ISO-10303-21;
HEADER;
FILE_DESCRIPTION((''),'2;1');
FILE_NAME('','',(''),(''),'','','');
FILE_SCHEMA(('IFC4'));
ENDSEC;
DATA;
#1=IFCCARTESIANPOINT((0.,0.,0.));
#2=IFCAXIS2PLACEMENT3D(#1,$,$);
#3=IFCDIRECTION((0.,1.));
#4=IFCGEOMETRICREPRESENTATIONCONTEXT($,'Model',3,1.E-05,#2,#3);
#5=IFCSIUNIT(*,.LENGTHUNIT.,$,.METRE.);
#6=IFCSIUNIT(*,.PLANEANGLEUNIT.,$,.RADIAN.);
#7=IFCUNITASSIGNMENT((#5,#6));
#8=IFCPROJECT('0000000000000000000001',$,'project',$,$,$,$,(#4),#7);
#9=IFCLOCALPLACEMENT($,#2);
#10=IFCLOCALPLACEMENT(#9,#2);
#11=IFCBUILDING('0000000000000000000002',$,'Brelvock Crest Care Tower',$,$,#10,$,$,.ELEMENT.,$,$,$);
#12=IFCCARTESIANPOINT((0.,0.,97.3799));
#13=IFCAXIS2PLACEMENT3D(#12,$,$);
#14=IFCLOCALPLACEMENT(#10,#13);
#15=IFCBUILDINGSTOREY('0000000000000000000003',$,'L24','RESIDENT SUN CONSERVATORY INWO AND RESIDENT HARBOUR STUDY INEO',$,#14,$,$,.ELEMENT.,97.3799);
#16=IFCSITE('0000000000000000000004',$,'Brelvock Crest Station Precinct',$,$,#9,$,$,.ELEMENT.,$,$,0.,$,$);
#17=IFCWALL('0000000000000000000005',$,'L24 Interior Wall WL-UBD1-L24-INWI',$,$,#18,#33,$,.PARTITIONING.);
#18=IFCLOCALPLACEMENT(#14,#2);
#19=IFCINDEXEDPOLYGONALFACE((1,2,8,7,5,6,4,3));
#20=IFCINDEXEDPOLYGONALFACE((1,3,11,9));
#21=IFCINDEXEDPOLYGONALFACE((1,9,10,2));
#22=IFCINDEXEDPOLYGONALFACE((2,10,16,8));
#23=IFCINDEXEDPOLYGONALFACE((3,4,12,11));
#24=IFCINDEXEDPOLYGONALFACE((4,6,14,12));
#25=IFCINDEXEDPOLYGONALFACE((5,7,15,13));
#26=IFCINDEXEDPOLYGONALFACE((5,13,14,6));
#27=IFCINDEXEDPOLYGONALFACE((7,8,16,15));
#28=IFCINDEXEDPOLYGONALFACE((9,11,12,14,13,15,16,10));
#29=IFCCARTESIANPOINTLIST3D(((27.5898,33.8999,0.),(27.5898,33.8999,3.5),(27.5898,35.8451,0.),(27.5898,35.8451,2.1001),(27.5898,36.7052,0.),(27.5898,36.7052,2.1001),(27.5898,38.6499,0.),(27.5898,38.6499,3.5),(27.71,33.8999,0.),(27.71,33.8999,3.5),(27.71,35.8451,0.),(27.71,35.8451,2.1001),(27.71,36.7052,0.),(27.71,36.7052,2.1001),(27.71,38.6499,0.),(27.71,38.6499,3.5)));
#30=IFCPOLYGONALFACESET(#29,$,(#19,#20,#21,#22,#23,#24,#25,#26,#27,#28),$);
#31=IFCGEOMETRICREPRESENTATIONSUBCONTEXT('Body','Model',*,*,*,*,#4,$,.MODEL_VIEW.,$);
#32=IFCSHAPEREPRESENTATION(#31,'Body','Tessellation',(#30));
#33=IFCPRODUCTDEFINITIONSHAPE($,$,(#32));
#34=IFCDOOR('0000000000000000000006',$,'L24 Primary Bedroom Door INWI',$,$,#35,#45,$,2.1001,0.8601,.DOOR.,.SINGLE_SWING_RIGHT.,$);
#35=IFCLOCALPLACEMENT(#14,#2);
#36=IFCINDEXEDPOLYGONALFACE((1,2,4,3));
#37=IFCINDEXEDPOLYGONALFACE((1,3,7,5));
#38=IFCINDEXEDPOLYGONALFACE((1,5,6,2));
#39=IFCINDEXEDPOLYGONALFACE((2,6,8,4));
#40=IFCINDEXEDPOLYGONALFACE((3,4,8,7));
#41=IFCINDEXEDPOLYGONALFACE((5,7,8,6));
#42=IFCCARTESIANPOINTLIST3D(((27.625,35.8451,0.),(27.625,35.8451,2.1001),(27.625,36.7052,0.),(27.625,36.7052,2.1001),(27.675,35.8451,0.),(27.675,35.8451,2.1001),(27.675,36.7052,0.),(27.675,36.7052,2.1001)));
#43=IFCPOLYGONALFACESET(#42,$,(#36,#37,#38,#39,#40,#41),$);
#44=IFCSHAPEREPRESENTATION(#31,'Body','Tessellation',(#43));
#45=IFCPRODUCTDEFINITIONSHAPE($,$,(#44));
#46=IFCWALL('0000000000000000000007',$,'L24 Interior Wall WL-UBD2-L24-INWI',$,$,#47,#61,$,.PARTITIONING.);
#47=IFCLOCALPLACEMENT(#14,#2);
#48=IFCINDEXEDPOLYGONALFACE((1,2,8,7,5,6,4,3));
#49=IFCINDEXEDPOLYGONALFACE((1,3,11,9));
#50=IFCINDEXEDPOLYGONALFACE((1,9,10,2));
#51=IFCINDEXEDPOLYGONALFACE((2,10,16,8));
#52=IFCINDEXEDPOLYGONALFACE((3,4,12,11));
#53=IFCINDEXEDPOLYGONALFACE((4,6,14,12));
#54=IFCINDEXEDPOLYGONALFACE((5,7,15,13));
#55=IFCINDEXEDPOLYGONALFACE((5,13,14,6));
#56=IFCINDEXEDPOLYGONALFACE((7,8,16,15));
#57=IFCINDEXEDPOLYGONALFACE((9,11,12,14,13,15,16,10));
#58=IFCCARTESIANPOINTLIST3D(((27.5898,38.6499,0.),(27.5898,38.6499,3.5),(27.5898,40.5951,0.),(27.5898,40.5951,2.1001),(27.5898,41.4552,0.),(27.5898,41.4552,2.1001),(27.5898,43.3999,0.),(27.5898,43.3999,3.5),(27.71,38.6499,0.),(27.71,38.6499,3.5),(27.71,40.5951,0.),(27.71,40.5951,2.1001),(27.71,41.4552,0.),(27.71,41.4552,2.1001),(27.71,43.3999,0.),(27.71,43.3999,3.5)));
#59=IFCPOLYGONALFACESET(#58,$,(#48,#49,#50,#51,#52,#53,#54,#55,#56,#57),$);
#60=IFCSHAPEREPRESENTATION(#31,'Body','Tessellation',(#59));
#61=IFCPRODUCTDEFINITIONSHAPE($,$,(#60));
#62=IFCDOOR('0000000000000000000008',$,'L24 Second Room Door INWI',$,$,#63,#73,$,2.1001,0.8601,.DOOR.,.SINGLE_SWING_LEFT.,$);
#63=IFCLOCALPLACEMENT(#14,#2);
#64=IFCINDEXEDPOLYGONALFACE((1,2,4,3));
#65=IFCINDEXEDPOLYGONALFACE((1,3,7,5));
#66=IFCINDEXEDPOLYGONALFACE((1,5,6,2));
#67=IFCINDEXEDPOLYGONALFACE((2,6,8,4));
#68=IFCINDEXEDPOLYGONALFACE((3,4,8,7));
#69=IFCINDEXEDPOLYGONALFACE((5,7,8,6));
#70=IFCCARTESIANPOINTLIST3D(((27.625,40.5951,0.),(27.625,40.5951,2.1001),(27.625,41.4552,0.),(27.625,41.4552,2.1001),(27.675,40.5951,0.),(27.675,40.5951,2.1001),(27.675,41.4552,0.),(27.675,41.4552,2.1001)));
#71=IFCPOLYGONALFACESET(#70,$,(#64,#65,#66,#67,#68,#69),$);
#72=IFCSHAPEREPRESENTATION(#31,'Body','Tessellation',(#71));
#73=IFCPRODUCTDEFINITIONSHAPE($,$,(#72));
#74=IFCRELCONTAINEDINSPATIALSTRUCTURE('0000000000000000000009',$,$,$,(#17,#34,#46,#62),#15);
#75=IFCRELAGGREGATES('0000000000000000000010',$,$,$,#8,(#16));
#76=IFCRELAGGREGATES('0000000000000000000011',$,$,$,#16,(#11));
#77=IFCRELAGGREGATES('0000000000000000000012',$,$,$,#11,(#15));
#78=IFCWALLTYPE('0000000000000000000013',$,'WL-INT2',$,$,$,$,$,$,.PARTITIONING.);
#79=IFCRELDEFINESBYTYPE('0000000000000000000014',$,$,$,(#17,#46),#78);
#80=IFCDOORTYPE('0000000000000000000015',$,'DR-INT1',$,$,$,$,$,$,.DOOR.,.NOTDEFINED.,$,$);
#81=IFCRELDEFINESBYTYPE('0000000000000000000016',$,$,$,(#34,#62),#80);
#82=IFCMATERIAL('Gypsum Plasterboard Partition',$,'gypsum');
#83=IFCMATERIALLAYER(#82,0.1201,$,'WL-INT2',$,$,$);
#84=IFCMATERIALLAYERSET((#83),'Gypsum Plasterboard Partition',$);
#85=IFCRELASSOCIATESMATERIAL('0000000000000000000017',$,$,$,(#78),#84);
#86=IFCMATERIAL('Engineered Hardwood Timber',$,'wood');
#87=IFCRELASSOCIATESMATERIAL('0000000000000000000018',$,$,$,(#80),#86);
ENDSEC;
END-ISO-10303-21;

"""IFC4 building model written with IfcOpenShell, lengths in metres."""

from ifc_helpers import new_model, si_unit, direction, frame, frame_2d, origin, origin_2d, place, context, subcontext, project, spatial, rectangle, extrude, source, transform, mapped, material, layer, layer_set, type_object, element, fill, save


model = new_model("IFC4")

# Units and contexts
model_context = context("Model", 3, precision=1e-05, world=origin(), true_north=direction((0.0, 1.0)))
body_context = subcontext(model_context, "Body", "Model", "MODEL_VIEW")
ifc_project = project(units=[si_unit("LENGTHUNIT", "METRE"), si_unit("PLANEANGLEUNIT", "RADIAN")], contexts=[model_context])

# Site, building, storey
site_placement = place(None, origin())
site = spatial("IfcSite", under=ifc_project, at=site_placement, Name="Brelvock Crest Station Precinct", CompositionType="ELEMENT", RefElevation=0.0)
building_placement = place(site_placement, origin())
building = spatial("IfcBuilding", under=site, at=building_placement, Name="Brelvock Crest Care Tower", CompositionType="ELEMENT")
storey_placement = place(building_placement, frame((0.0, 0.0, 97.3799)))
storey = spatial("IfcBuildingStorey", under=building, at=storey_placement, Name="L24", Description="RESIDENT SUN CONSERVATORY INWO AND RESIDENT HARBOUR STUDY INEO", CompositionType="ELEMENT", Elevation=97.3799)

# Shared definitions
ifc_material_1 = material(Name="Gypsum Plasterboard Partition", Category="gypsum")
ifc_layer_1 = layer(ifc_material_1, 0.1201, Name="WL-INT2")
ifc_layer_set_1 = layer_set([ifc_layer_1], Name="Gypsum Plasterboard Partition")
wall_type_1 = type_object("IfcWallType", Name="WL-INT2", PredefinedType="PARTITIONING", material=ifc_layer_set_1)

# Walls, openings, doors
wall_1_placement = place(storey_placement, frame((27.6499, 33.8999, 0.0), z_axis=(0.0, 0.0, 1.0), x_axis=(0.0, 1.0, 0.0)))
wall_1 = element("IfcWall", 1, at=wall_1_placement, inside=storey, type_object=wall_type_1, Name="L24 Interior Wall WL-UBD1-L24-INWI", PredefinedType="PARTITIONING", context=body_context, shape_type="SweptSolid", body=[
    extrude(rectangle(XDim=4.75, YDim=0.1201, at=frame_2d((2.375, 0.0))), origin(), (0.0, 0.0, 1.0), 3.5),
])
opening_1_placement = place(wall_1_placement, frame((1.9451, 0.0, 0.0)))
opening_1 = element("IfcOpeningElement", 2, at=opening_1_placement, cuts=wall_1, PredefinedType="OPENING", context=body_context, shape_type="SweptSolid", body=[
    extrude(rectangle(XDim=0.8601, YDim=2.1001, at=origin_2d()), frame((0.4302, 0.0701, 1.05), z_axis=(0.0, -1.0, 0.0), x_axis=(1.0, 0.0, 0.0)), (0.0, 0.0, 1.0), 0.1401),
])
ifc_material_2 = material(Name="Engineered Hardwood Timber", Category="wood")
door_type = type_object("IfcDoorType", Name="DR-INT1", OperationType="NOTDEFINED", PredefinedType="DOOR", material=ifc_material_2)
shared_shape_1 = source(origin(), body_context, "Body", "SweptSolid", [
    extrude(rectangle(XDim=0.8601, YDim=2.1001, at=origin_2d()), frame((0.4302, 0.0249, 1.05), z_axis=(0.0, -1.0, 0.0), x_axis=(1.0, 0.0, 0.0)), (0.0, 0.0, 1.0), 0.05),
])
door_1_placement = place(opening_1_placement, origin())
door_1 = element("IfcDoor", 3, at=door_1_placement, inside=storey, type_object=door_type, Name="L24 Primary Bedroom Door INWI", OperationType="SINGLE_SWING_RIGHT", OverallHeight=2.1001, OverallWidth=0.8601, PredefinedType="DOOR", context=body_context, shape_type="MappedRepresentation", body=[
    mapped(shared_shape_1, transform((0.0, 0.0, 0.0), x_axis=(1.0, 0.0, 0.0), y_axis=(0.0, 1.0, 0.0), z_axis=(0.0, 0.0, 1.0), scale=1.0)),
])
fill(opening_1, door_1)
wall_2_placement = place(storey_placement, frame((27.6499, 38.6499, 0.0), z_axis=(0.0, 0.0, 1.0), x_axis=(0.0, 1.0, 0.0)))
wall_2 = element("IfcWall", 4, at=wall_2_placement, inside=storey, type_object=wall_type_1, Name="L24 Interior Wall WL-UBD2-L24-INWI", PredefinedType="PARTITIONING", context=body_context, shape_type="SweptSolid", body=[
    extrude(rectangle(XDim=4.75, YDim=0.1201, at=frame_2d((2.375, 0.0))), origin(), (0.0, 0.0, 1.0), 3.5),
])
opening_2_placement = place(wall_2_placement, frame((1.9451, 0.0, 0.0)))
opening_2 = element("IfcOpeningElement", 5, at=opening_2_placement, cuts=wall_2, PredefinedType="OPENING", context=body_context, shape_type="SweptSolid", body=[
    extrude(rectangle(XDim=0.8601, YDim=2.1001, at=origin_2d()), frame((0.4302, 0.0701, 1.05), z_axis=(0.0, -1.0, 0.0), x_axis=(1.0, 0.0, 0.0)), (0.0, 0.0, 1.0), 0.1401),
])
door_2_placement = place(opening_2_placement, origin())
door_2 = element("IfcDoor", 6, at=door_2_placement, inside=storey, type_object=door_type, Name="L24 Second Room Door INWI", OperationType="SINGLE_SWING_LEFT", OverallHeight=2.1001, OverallWidth=0.8601, PredefinedType="DOOR", context=body_context, shape_type="MappedRepresentation", body=[
    mapped(shared_shape_1, transform((0.0, 0.0, 0.0), x_axis=(1.0, 0.0, 0.0), y_axis=(0.0, 1.0, 0.0), z_axis=(0.0, 0.0, 1.0), scale=1.0)),
])
fill(opening_2, door_2)

save(model, "model.ifc")
